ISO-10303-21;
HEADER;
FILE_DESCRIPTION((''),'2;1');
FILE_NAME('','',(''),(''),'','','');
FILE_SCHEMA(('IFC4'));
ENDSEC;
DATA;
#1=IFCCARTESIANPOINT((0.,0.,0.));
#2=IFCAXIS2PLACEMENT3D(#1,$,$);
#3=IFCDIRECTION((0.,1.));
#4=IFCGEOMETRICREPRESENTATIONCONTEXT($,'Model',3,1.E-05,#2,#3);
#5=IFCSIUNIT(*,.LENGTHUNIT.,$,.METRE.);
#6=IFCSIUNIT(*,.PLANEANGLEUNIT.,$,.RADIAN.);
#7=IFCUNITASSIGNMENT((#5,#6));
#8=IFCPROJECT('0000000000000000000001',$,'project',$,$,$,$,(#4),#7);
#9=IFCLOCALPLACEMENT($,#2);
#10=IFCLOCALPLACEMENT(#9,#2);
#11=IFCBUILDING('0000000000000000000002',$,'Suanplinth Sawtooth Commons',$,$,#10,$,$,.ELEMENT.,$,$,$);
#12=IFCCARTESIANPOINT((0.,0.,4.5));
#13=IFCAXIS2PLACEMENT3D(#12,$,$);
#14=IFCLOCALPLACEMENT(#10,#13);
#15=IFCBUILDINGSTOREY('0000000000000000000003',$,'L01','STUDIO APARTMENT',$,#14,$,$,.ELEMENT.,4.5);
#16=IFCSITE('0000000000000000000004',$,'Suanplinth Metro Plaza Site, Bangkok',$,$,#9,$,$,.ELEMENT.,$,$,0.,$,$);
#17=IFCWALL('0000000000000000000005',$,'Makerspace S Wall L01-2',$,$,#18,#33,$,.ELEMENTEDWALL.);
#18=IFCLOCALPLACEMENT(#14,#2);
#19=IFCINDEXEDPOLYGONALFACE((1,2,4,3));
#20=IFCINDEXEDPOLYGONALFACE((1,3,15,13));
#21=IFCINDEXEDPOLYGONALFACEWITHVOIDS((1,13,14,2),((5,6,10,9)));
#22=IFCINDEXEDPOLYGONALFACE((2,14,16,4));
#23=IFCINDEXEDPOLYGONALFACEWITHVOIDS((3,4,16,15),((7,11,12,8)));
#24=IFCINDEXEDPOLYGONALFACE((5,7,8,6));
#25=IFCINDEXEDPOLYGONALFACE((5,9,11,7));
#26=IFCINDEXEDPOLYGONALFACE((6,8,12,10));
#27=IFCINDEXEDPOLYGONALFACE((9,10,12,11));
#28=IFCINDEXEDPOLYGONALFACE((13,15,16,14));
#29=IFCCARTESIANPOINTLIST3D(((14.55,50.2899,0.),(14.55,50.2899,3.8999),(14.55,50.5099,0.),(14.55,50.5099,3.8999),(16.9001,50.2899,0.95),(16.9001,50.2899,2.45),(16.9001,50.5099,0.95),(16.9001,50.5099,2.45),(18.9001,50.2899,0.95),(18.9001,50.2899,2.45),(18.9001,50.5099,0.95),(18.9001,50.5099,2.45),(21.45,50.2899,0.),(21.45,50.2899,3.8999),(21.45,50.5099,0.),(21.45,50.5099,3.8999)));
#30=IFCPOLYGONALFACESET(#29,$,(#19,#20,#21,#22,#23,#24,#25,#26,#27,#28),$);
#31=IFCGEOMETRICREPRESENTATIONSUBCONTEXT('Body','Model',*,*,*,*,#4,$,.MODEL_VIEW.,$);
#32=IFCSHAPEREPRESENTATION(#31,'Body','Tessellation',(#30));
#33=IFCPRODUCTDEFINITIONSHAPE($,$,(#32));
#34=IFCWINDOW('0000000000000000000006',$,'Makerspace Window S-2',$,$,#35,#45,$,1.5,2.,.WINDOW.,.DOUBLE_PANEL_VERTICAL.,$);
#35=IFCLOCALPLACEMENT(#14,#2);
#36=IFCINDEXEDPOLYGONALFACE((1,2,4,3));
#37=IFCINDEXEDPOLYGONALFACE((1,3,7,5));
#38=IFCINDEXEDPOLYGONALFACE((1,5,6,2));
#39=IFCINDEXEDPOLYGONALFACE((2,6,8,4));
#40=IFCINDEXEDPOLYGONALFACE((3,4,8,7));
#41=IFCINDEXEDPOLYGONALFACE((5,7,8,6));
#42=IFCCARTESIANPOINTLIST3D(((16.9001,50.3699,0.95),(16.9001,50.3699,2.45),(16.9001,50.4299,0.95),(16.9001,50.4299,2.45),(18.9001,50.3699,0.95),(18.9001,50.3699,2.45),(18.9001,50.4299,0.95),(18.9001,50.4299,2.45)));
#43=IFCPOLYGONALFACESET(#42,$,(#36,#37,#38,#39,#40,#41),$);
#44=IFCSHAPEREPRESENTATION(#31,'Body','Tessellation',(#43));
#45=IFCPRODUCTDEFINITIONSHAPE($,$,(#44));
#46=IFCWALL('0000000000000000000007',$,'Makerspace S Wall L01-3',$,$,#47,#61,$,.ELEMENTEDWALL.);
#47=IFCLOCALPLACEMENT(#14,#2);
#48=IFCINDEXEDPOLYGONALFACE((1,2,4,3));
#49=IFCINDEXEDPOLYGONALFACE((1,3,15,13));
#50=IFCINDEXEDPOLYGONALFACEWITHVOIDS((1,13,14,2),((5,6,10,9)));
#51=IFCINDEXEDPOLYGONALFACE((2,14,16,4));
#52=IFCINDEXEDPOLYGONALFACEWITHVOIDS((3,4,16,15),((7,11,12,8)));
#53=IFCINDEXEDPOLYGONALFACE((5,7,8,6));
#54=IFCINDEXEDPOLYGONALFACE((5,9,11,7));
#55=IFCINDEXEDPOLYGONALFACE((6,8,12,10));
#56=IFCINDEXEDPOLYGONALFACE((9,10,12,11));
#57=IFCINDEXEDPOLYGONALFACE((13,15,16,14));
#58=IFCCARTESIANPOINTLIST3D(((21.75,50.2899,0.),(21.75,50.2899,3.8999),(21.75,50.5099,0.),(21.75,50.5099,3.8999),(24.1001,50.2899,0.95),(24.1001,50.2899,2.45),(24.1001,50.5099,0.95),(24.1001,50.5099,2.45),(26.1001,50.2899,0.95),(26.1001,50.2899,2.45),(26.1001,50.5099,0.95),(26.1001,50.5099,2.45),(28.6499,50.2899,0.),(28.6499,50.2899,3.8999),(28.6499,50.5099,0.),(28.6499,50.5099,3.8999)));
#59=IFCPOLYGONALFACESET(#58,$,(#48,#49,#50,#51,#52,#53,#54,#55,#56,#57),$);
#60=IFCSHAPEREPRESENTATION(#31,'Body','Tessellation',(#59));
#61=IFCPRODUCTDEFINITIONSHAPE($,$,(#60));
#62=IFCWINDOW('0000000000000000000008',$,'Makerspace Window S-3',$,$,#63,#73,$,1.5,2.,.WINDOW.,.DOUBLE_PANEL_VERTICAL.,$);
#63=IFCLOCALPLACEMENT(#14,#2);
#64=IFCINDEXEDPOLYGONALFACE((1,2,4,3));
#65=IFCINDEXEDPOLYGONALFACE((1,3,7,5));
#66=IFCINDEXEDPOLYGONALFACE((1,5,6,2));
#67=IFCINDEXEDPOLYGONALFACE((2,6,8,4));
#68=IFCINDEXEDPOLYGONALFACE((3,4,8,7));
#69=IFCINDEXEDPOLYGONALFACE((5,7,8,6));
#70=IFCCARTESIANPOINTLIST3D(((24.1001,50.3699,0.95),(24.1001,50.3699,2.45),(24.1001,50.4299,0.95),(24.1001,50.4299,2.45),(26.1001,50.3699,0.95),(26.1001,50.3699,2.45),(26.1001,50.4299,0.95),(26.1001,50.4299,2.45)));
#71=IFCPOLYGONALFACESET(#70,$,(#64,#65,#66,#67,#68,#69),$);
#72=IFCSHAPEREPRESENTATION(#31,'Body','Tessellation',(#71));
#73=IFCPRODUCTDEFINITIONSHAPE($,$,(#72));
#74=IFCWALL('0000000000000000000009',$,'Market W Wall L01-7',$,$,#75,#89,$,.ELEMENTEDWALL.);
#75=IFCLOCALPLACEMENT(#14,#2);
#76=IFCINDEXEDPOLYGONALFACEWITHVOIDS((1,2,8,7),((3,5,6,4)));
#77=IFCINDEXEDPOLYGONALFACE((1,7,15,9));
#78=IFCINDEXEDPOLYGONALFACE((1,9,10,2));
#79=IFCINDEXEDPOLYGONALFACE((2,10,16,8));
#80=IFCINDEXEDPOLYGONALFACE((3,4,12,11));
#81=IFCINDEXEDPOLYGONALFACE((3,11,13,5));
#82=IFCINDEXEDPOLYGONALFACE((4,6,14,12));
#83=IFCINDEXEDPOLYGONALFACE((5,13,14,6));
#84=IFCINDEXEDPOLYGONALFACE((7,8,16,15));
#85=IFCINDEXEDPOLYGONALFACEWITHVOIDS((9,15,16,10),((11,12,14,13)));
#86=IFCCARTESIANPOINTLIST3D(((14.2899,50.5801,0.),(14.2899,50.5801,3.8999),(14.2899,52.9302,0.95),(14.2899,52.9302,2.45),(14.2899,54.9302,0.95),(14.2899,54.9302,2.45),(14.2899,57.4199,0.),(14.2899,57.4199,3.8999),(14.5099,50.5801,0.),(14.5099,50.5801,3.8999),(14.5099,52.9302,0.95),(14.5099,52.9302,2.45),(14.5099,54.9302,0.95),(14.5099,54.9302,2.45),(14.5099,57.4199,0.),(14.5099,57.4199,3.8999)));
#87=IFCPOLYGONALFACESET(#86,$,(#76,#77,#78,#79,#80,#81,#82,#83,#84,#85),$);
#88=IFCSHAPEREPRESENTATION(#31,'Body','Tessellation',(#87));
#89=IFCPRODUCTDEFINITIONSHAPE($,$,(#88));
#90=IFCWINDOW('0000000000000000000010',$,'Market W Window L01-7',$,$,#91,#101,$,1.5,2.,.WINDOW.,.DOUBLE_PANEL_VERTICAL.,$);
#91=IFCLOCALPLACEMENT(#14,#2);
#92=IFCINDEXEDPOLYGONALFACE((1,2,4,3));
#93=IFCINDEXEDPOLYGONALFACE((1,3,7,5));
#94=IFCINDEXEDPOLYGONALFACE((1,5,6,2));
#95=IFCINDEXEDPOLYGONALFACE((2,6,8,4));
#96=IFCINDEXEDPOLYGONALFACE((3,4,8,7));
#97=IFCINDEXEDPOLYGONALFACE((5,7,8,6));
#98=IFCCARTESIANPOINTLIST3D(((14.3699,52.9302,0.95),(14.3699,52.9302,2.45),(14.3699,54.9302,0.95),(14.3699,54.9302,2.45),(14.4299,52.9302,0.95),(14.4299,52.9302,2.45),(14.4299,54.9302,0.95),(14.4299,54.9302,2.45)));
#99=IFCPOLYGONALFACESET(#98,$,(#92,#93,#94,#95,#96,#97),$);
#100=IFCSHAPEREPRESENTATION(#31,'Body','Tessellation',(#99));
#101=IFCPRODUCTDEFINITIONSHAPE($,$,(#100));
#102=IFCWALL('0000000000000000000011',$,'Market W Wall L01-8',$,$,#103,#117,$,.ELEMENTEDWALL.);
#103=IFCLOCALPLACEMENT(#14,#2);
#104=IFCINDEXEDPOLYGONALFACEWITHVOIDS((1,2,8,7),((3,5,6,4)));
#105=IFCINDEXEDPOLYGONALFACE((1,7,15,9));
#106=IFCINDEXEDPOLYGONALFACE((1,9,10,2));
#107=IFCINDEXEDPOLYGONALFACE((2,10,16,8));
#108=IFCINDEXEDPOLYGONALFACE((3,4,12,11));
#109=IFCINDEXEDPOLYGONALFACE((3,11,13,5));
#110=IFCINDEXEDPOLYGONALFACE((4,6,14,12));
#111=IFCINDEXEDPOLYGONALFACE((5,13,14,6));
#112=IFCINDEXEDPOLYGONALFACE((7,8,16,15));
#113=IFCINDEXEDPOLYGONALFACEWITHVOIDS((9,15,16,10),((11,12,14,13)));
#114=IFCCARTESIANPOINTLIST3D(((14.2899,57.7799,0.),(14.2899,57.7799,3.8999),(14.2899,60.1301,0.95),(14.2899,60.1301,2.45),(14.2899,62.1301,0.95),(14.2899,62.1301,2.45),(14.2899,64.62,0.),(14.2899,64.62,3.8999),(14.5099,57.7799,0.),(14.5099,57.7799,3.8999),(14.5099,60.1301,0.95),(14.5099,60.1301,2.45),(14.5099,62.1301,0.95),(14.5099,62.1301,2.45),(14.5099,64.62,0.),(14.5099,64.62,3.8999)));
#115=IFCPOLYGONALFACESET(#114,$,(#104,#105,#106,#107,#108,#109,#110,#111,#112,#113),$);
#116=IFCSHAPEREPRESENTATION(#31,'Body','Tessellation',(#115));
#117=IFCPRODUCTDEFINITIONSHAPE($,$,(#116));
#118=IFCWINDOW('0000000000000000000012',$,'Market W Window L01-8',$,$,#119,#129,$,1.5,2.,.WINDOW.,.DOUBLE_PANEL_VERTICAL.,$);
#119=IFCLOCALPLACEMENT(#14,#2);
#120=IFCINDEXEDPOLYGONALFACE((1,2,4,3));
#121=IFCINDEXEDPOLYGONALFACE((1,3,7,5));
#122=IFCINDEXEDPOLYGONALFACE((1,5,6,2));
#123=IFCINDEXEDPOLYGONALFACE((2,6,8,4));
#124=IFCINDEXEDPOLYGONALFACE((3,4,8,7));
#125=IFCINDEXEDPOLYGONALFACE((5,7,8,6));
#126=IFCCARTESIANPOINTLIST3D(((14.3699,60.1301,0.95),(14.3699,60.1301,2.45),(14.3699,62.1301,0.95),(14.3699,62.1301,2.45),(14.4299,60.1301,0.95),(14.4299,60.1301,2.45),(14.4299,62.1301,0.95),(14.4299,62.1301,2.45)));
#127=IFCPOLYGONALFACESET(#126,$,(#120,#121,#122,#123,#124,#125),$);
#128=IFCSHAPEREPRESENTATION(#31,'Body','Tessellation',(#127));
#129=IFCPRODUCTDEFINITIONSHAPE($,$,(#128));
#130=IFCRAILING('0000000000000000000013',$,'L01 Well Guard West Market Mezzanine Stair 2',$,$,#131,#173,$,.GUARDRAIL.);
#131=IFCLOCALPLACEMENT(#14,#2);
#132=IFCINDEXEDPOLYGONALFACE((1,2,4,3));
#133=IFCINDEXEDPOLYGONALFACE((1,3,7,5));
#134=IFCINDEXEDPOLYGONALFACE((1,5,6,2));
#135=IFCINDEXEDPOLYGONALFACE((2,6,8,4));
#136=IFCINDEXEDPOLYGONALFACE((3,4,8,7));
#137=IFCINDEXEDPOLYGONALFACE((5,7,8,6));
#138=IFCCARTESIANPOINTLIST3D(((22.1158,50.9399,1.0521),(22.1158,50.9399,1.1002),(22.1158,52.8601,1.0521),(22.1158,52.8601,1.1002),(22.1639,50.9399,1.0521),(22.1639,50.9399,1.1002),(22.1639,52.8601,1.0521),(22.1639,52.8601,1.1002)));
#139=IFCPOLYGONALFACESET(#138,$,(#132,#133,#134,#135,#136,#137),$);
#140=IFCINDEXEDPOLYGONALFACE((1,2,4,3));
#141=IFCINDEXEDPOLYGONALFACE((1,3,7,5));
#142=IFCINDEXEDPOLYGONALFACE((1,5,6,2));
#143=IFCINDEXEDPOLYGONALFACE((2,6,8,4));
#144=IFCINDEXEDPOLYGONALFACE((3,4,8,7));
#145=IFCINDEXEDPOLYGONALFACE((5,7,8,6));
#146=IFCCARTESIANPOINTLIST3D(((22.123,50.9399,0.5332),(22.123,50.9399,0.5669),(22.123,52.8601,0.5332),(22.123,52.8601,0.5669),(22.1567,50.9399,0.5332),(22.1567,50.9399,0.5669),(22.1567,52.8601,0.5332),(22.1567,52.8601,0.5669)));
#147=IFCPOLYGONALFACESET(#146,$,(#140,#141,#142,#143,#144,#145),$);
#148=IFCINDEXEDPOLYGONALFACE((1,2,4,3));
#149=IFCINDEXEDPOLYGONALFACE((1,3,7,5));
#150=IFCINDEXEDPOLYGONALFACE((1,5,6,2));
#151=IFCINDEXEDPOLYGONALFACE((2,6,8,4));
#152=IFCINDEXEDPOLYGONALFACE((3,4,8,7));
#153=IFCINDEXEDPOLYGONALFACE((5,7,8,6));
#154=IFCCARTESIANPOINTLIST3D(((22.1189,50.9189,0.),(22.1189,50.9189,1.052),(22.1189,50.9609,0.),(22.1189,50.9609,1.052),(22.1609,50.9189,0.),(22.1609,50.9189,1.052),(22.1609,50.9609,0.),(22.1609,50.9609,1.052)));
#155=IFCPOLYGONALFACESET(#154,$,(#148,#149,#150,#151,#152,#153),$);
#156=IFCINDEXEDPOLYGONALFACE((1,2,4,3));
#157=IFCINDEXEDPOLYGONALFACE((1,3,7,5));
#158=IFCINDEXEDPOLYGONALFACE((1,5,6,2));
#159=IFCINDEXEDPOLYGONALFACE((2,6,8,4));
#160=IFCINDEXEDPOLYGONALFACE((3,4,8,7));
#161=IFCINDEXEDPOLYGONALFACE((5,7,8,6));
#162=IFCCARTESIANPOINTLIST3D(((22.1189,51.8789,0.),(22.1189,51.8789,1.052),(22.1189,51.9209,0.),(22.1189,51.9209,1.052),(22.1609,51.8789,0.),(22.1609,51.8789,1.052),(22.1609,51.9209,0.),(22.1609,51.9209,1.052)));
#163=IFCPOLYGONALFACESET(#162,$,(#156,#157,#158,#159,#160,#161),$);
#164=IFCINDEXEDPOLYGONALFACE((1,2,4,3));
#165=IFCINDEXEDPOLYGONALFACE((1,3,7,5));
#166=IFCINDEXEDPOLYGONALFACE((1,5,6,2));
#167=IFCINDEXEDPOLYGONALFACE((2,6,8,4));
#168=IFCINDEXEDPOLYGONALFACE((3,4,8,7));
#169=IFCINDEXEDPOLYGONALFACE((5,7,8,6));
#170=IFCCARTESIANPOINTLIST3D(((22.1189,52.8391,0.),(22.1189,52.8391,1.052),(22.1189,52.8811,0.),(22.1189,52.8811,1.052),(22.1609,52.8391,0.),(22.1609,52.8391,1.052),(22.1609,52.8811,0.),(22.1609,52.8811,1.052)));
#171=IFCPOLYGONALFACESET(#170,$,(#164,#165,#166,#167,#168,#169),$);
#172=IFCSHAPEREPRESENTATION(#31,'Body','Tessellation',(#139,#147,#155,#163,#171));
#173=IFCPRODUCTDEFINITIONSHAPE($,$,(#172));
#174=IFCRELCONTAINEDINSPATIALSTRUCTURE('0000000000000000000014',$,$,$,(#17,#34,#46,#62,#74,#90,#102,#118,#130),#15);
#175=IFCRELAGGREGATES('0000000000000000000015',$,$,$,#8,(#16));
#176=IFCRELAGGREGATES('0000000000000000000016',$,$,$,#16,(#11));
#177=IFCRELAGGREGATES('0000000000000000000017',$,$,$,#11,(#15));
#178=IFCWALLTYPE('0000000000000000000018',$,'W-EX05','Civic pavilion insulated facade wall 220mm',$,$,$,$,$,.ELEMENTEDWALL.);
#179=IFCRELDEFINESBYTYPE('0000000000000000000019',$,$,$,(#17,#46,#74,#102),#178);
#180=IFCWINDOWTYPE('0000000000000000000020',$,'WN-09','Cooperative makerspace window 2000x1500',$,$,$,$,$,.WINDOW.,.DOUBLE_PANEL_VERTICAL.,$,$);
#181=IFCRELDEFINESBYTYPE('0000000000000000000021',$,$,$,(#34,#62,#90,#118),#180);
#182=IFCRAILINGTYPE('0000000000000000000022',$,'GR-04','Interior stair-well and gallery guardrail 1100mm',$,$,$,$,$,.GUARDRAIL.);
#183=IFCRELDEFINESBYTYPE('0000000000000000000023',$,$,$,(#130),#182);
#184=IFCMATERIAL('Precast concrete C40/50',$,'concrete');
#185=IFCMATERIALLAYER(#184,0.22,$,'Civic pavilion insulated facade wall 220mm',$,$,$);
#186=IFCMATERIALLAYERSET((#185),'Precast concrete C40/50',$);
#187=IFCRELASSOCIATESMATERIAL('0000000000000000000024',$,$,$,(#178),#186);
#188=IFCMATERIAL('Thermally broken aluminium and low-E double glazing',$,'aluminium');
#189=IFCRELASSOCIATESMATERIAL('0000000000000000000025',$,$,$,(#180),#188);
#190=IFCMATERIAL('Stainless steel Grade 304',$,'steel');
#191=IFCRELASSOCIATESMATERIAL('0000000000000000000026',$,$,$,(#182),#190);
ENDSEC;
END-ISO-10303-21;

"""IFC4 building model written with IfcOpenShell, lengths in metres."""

from ifc_helpers import new_model, si_unit, direction, frame, frame_2d, origin, origin_2d, place, context, subcontext, project, spatial, rectangle, extrude, material, layer, layer_set, type_object, element, fill, save


model = new_model("IFC4")

# Units and contexts
model_context = context("Model", 3, precision=1e-05, world=origin(), true_north=direction((0.0, 1.0)))
body_context = subcontext(model_context, "Body", "Model", "MODEL_VIEW")
ifc_project = project(units=[si_unit("LENGTHUNIT", "METRE"), si_unit("PLANEANGLEUNIT", "RADIAN")], contexts=[model_context])

# Site, building, storey
site_placement = place(None, origin())
site = spatial("IfcSite", under=ifc_project, at=site_placement, Name="Suanplinth Metro Plaza Site, Bangkok", CompositionType="ELEMENT", RefElevation=0.0)
building_placement = place(site_placement, origin())
building = spatial("IfcBuilding", under=site, at=building_placement, Name="Suanplinth Sawtooth Commons", CompositionType="ELEMENT")
storey_placement = place(building_placement, frame((0.0, 0.0, 4.5)))
storey = spatial("IfcBuildingStorey", under=building, at=storey_placement, Name="L01", Description="STUDIO APARTMENT", CompositionType="ELEMENT", Elevation=4.5)

# Shared definitions
ifc_material_1 = material(Name="Precast concrete C40/50", Category="concrete")

# Walls, openings, windows
ifc_layer = layer(ifc_material_1, 0.22, Name="Civic pavilion insulated facade wall 220mm")
ifc_layer_set = layer_set([ifc_layer], Name="Precast concrete C40/50")
wall_type = type_object("IfcWallType", Name="W-EX05", Description="Civic pavilion insulated facade wall 220mm", PredefinedType="ELEMENTEDWALL", material=ifc_layer_set)
wall_1_placement = place(storey_placement, frame((14.55, 50.3999, 0.0), z_axis=(0.0, 0.0, 1.0), x_axis=(1.0, 0.0, 0.0)))
wall_1 = element("IfcWall", 1, at=wall_1_placement, inside=storey, type_object=wall_type, Name="Makerspace S Wall L01-2", PredefinedType="ELEMENTEDWALL", context=body_context, shape_type="SweptSolid", body=[
    extrude(rectangle(XDim=6.8999, YDim=0.22, at=frame_2d((3.45, 0.0))), origin(), (0.0, 0.0, 1.0), 3.8999),
])
opening_1_placement = place(wall_1_placement, frame((2.3501, 0.0, 0.95)))
opening_1 = element("IfcOpeningElement", 2, at=opening_1_placement, cuts=wall_1, PredefinedType="OPENING", context=body_context, shape_type="SweptSolid", body=[
    extrude(rectangle(XDim=2.0, YDim=1.5, at=frame_2d((1.0, 0.75))), frame((0.0, 0.125, 0.0), z_axis=(0.0, -1.0, 0.0), x_axis=(1.0, 0.0, 0.0)), (0.0, 0.0, 1.0), 0.2498),
])
ifc_material_2 = material(Name="Thermally broken aluminium and low-E double glazing", Category="aluminium")
window_type = type_object("IfcWindowType", Name="WN-09", Description="Cooperative makerspace window 2000x1500", PartitioningType="DOUBLE_PANEL_VERTICAL", PredefinedType="WINDOW", material=ifc_material_2)
window_1_placement = place(opening_1_placement, origin())
window_1 = element("IfcWindow", 3, at=window_1_placement, inside=storey, type_object=window_type, Name="Makerspace Window S-2", OverallHeight=1.5, OverallWidth=2.0, PartitioningType="DOUBLE_PANEL_VERTICAL", PredefinedType="WINDOW", context=body_context, shape_type="SweptSolid", body=[
    extrude(rectangle(XDim=2.0, YDim=1.5, at=frame_2d((1.0, 0.75))), frame((0.0, 0.03, 0.0), z_axis=(0.0, -1.0, 0.0), x_axis=(1.0, 0.0, 0.0)), (0.0, 0.0, 1.0), 0.0601),
])
fill(opening_1, window_1)
wall_2_placement = place(storey_placement, frame((21.75, 50.3999, 0.0), z_axis=(0.0, 0.0, 1.0), x_axis=(1.0, 0.0, 0.0)))
wall_2 = element("IfcWall", 4, at=wall_2_placement, inside=storey, type_object=wall_type, Name="Makerspace S Wall L01-3", PredefinedType="ELEMENTEDWALL", context=body_context, shape_type="SweptSolid", body=[
    extrude(rectangle(XDim=6.8999, YDim=0.22, at=frame_2d((3.45, 0.0))), origin(), (0.0, 0.0, 1.0), 3.8999),
])
opening_2_placement = place(wall_2_placement, frame((2.3501, 0.0, 0.95)))
opening_2 = element("IfcOpeningElement", 5, at=opening_2_placement, cuts=wall_2, PredefinedType="OPENING", context=body_context, shape_type="SweptSolid", body=[
    extrude(rectangle(XDim=2.0, YDim=1.5, at=frame_2d((1.0, 0.75))), frame((0.0, 0.125, 0.0), z_axis=(0.0, -1.0, 0.0), x_axis=(1.0, 0.0, 0.0)), (0.0, 0.0, 1.0), 0.2498),
])
window_2_placement = place(opening_2_placement, origin())
window_2 = element("IfcWindow", 6, at=window_2_placement, inside=storey, type_object=window_type, Name="Makerspace Window S-3", OverallHeight=1.5, OverallWidth=2.0, PartitioningType="DOUBLE_PANEL_VERTICAL", PredefinedType="WINDOW", context=body_context, shape_type="SweptSolid", body=[
    extrude(rectangle(XDim=2.0, YDim=1.5, at=frame_2d((1.0, 0.75))), frame((0.0, 0.03, 0.0), z_axis=(0.0, -1.0, 0.0), x_axis=(1.0, 0.0, 0.0)), (0.0, 0.0, 1.0), 0.0601),
])
fill(opening_2, window_2)
wall_3_placement = place(storey_placement, frame((14.3999, 50.5801, 0.0), z_axis=(0.0, 0.0, 1.0), x_axis=(0.0, 1.0, 0.0)))
wall_3 = element("IfcWall", 7, at=wall_3_placement, inside=storey, type_object=wall_type, Name="Market W Wall L01-7", PredefinedType="ELEMENTEDWALL", context=body_context, shape_type="SweptSolid", body=[
    extrude(rectangle(XDim=6.8398, YDim=0.22, at=frame_2d((3.4199, 0.0))), origin(), (0.0, 0.0, 1.0), 3.8999),
])
opening_3_placement = place(wall_3_placement, frame((2.3501, 0.0, 0.95)))
opening_3 = element("IfcOpeningElement", 8, at=opening_3_placement, cuts=wall_3, PredefinedType="OPENING", context=body_context, shape_type="SweptSolid", body=[
    extrude(rectangle(XDim=2.0, YDim=1.5, at=frame_2d((1.0, 0.75))), frame((0.0, 0.125, 0.0), z_axis=(0.0, -1.0, 0.0), x_axis=(1.0, 0.0, 0.0)), (0.0, 0.0, 1.0), 0.2498),
])
window_3_placement = place(opening_3_placement, origin())
window_3 = element("IfcWindow", 9, at=window_3_placement, inside=storey, type_object=window_type, Name="Market W Window L01-7", OverallHeight=1.5, OverallWidth=2.0, PartitioningType="DOUBLE_PANEL_VERTICAL", PredefinedType="WINDOW", context=body_context, shape_type="SweptSolid", body=[
    extrude(rectangle(XDim=2.0, YDim=1.5, at=frame_2d((1.0, 0.75))), frame((0.0, 0.03, 0.0), z_axis=(0.0, -1.0, 0.0), x_axis=(1.0, 0.0, 0.0)), (0.0, 0.0, 1.0), 0.0601),
])
fill(opening_3, window_3)
wall_4_placement = place(storey_placement, frame((14.3999, 57.78, 0.0), z_axis=(0.0, 0.0, 1.0), x_axis=(0.0, 1.0, 0.0)))
wall_4 = element("IfcWall", 10, at=wall_4_placement, inside=storey, type_object=wall_type, Name="Market W Wall L01-8", PredefinedType="ELEMENTEDWALL", context=body_context, shape_type="SweptSolid", body=[
    extrude(rectangle(XDim=6.8401, YDim=0.22, at=frame_2d((3.4199, 0.0))), origin(), (0.0, 0.0, 1.0), 3.8999),
])
opening_4_placement = place(wall_4_placement, frame((2.3501, 0.0, 0.95)))
opening_4 = element("IfcOpeningElement", 11, at=opening_4_placement, cuts=wall_4, PredefinedType="OPENING", context=body_context, shape_type="SweptSolid", body=[
    extrude(rectangle(XDim=2.0, YDim=1.5, at=frame_2d((1.0, 0.75))), frame((0.0, 0.125, 0.0), z_axis=(0.0, -1.0, 0.0), x_axis=(1.0, 0.0, 0.0)), (0.0, 0.0, 1.0), 0.2498),
])
window_4_placement = place(opening_4_placement, origin())
window_4 = element("IfcWindow", 12, at=window_4_placement, inside=storey, type_object=window_type, Name="Market W Window L01-8", OverallHeight=1.5, OverallWidth=2.0, PartitioningType="DOUBLE_PANEL_VERTICAL", PredefinedType="WINDOW", context=body_context, shape_type="SweptSolid", body=[
    extrude(rectangle(XDim=2.0, YDim=1.5, at=frame_2d((1.0, 0.75))), frame((0.0, 0.03, 0.0), z_axis=(0.0, -1.0, 0.0), x_axis=(1.0, 0.0, 0.0)), (0.0, 0.0, 1.0), 0.0601),
])
fill(opening_4, window_4)

# Railing
ifc_material_3 = material(Name="Stainless steel Grade 304", Category="steel")
railing_type = type_object("IfcRailingType", Name="GR-04", Description="Interior stair-well and gallery guardrail 1100mm", PredefinedType="GUARDRAIL", material=ifc_material_3)
railing_1_placement = place(storey_placement, frame((22.1399, 50.9399, 0.0)))
element("IfcRailing", 13, at=railing_1_placement, inside=storey, type_object=railing_type, Name="L01 Well Guard West Market Mezzanine Stair 2", PredefinedType="GUARDRAIL", context=body_context, shape_type="SweptSolid", body=[
    extrude(rectangle(XDim=0.0481, YDim=0.0481, at=origin_2d()), frame((0.0, 0.0, 1.0762), z_axis=(0.0, 1.0, 0.0), x_axis=(-1.0, 0.0, 0.0)), (0.0, 0.0, 1.0), 1.9202),
    extrude(rectangle(XDim=0.0337, YDim=0.0337, at=origin_2d()), frame((0.0, 0.0, 0.55), z_axis=(0.0, 1.0, 0.0), x_axis=(-1.0, 0.0, 0.0)), (0.0, 0.0, 1.0), 1.9202),
    extrude(rectangle(XDim=0.042, YDim=0.042, at=origin_2d()), origin(), (0.0, 0.0, 1.0), 1.052),
    extrude(rectangle(XDim=0.042, YDim=0.042, at=origin_2d()), frame((0.0, 0.96, 0.0)), (0.0, 0.0, 1.0), 1.052),
    extrude(rectangle(XDim=0.042, YDim=0.042, at=origin_2d()), frame((0.0, 1.9202, 0.0)), (0.0, 0.0, 1.0), 1.052),
])

save(model, "model.ifc")
